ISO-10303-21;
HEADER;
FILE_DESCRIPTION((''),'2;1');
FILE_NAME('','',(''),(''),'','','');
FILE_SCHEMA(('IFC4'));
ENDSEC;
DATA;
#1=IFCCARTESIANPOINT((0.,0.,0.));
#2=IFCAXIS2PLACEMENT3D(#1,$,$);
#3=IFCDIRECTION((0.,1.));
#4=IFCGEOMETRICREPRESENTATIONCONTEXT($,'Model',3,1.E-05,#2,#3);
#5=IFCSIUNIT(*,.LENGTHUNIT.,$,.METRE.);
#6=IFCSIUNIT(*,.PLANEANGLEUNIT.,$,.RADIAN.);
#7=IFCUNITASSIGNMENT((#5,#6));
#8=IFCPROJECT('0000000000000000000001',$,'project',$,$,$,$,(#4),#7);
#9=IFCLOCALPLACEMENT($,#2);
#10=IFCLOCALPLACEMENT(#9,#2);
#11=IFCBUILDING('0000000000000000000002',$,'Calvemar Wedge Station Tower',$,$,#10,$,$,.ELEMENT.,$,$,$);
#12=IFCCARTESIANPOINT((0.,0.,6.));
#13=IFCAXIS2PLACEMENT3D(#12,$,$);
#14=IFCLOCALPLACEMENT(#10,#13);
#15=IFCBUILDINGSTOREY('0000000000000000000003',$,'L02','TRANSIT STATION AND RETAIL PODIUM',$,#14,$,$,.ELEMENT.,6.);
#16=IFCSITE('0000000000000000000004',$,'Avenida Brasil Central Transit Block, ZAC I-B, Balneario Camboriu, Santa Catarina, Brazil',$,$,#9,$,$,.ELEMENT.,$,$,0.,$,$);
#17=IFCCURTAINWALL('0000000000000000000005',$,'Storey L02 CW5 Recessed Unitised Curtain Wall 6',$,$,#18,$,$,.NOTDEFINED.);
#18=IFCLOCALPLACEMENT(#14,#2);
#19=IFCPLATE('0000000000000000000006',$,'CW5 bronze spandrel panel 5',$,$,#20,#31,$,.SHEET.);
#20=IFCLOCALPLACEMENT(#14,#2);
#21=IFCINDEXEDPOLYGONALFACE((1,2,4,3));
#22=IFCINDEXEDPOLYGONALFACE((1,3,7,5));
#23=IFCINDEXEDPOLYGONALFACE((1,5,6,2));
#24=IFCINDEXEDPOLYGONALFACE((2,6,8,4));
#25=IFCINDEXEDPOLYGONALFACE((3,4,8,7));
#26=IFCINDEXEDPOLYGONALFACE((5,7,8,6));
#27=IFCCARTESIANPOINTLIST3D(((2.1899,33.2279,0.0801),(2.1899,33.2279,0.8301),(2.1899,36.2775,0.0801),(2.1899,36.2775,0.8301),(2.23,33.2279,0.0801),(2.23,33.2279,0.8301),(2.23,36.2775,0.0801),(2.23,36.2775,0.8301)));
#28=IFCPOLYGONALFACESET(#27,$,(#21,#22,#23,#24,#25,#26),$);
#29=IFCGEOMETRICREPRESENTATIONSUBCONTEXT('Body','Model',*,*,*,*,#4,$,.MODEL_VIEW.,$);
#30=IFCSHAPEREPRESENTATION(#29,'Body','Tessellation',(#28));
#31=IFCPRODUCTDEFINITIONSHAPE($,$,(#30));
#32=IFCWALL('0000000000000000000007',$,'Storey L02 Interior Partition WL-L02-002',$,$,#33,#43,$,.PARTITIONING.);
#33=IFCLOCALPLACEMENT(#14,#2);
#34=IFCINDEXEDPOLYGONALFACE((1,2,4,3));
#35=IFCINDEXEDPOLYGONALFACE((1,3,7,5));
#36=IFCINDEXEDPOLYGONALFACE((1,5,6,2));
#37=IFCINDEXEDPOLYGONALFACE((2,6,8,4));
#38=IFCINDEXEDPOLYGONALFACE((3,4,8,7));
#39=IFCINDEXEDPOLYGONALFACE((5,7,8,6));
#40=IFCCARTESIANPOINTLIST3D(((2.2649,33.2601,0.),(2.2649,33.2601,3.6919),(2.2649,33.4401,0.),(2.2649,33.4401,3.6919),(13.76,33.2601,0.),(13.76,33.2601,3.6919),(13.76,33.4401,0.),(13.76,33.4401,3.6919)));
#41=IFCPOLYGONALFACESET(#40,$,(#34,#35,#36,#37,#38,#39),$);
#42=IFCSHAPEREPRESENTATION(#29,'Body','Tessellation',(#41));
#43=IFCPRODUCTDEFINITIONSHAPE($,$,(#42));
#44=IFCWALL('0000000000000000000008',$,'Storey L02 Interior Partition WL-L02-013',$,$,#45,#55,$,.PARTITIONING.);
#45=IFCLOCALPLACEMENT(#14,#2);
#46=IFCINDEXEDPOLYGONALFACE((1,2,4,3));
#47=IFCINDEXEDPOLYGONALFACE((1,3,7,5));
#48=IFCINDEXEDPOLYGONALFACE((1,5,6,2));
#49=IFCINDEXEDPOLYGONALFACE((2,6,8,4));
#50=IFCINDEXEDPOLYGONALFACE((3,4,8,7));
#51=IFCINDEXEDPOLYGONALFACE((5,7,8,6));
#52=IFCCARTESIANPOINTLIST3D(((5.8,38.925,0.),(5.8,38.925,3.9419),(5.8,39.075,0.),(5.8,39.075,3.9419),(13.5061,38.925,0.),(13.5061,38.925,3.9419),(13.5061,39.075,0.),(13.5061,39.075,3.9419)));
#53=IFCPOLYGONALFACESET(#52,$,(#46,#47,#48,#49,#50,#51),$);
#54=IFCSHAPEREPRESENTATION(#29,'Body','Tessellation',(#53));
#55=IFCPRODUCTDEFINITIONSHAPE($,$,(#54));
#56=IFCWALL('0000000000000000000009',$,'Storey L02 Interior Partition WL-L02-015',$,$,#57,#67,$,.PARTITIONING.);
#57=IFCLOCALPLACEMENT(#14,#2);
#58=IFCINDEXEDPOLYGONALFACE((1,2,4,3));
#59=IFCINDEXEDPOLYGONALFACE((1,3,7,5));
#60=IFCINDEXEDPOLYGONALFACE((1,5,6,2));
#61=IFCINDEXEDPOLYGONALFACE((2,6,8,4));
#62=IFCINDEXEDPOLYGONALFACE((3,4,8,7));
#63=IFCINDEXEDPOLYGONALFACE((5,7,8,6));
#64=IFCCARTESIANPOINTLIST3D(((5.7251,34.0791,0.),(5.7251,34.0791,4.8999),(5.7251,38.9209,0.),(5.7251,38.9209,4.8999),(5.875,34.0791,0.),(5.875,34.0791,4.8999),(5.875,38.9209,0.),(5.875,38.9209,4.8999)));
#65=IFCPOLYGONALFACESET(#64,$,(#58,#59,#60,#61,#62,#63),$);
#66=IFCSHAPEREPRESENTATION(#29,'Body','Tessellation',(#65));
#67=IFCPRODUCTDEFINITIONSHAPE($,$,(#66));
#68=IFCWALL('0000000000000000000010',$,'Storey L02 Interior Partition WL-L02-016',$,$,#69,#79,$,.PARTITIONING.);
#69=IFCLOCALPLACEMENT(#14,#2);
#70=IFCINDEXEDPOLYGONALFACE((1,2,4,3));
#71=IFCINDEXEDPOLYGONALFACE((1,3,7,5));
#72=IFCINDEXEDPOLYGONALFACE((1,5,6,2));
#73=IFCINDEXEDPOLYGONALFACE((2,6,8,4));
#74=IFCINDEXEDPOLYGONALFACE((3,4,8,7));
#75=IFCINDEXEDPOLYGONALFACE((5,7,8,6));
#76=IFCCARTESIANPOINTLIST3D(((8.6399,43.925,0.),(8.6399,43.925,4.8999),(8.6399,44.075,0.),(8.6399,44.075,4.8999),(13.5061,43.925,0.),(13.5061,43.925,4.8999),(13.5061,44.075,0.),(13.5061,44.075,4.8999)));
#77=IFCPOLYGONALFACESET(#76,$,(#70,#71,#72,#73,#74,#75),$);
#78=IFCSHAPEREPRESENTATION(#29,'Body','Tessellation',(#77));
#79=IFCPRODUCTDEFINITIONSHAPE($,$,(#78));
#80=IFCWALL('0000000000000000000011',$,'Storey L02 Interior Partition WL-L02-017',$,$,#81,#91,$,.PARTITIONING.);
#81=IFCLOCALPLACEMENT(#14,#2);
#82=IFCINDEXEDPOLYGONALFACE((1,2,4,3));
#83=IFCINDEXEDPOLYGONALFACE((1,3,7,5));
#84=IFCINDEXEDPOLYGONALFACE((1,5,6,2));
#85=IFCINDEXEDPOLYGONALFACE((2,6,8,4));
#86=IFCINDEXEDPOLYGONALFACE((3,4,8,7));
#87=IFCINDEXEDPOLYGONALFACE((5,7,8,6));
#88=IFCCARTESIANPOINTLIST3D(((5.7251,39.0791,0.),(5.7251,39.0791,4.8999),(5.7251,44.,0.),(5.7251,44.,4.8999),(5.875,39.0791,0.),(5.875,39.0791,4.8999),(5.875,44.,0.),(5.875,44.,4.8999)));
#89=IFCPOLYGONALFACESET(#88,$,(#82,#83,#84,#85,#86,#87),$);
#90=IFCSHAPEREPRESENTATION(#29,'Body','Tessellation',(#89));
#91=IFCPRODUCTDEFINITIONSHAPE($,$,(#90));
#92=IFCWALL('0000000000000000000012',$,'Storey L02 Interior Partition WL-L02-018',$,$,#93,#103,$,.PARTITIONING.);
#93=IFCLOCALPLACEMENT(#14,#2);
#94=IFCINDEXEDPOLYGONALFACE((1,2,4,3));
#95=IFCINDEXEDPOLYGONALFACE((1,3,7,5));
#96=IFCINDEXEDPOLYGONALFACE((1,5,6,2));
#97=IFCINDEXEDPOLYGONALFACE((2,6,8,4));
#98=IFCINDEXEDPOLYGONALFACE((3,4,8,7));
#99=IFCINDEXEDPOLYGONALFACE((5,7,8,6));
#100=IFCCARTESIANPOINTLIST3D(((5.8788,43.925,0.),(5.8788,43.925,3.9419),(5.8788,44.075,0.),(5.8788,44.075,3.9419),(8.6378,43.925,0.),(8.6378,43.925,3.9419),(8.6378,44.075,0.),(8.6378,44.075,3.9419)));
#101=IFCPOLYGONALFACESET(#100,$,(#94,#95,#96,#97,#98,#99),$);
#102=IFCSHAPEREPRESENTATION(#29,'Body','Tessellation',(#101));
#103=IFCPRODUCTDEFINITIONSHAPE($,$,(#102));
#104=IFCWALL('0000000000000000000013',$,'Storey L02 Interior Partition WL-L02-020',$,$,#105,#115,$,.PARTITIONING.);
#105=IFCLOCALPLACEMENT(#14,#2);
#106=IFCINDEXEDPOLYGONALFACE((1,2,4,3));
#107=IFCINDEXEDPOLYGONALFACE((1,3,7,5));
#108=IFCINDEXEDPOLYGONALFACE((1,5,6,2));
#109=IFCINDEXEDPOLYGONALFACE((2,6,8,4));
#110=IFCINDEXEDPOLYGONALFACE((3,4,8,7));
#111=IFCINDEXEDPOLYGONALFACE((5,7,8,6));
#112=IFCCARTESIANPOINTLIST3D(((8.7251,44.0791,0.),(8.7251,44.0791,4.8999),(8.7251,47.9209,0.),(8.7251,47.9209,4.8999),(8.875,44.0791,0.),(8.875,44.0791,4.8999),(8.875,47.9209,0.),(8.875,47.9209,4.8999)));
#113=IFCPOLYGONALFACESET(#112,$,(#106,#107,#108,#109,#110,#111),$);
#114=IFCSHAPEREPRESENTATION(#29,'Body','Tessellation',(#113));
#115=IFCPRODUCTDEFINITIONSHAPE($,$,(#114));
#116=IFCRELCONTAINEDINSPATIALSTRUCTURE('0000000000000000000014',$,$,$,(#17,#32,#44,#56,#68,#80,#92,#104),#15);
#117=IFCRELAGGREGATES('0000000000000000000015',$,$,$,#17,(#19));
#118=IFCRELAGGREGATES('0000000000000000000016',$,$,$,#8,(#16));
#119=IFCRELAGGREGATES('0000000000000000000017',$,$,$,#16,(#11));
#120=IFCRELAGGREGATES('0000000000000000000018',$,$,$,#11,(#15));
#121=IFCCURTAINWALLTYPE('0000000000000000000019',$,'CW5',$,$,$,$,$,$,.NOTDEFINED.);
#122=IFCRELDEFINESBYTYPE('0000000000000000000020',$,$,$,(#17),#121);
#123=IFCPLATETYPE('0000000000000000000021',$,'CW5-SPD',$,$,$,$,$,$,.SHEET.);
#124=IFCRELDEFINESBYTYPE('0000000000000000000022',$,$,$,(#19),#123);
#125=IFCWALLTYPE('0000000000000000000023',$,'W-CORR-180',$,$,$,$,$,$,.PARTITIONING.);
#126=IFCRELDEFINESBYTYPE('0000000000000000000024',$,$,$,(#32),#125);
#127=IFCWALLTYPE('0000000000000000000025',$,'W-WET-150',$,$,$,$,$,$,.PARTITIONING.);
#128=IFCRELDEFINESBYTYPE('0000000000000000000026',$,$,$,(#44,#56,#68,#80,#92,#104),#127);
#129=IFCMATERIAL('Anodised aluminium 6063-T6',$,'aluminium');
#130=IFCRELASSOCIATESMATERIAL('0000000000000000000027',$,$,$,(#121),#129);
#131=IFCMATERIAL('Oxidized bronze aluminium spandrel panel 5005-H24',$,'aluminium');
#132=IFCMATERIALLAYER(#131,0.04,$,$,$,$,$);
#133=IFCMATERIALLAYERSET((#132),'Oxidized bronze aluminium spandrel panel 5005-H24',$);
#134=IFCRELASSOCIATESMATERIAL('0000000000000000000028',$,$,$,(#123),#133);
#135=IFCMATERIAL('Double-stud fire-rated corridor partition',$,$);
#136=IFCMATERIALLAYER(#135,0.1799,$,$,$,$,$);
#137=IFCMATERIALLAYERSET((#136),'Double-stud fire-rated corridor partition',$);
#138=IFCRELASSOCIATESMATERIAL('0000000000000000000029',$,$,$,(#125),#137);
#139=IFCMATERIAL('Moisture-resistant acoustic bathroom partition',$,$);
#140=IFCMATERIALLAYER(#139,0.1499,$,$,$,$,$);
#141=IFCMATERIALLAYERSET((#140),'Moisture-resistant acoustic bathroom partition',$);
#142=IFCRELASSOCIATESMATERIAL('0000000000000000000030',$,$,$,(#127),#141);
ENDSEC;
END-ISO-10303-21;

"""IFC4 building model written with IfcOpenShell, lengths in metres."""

from ifc_helpers import new_model, si_unit, direction, frame, frame_2d, origin, place, context, subcontext, project, spatial, rectangle, extrude, material, layer, layer_set, type_object, element, aggregate, save


model = new_model("IFC4")

# Units and contexts
model_context = context("Model", 3, precision=1e-05, world=origin(), true_north=direction((0.0, 1.0)))
body_context = subcontext(model_context, "Body", "Model", "MODEL_VIEW")
ifc_project = project(units=[si_unit("LENGTHUNIT", "METRE"), si_unit("PLANEANGLEUNIT", "RADIAN")], contexts=[model_context])

# Site, building, storey
site_placement = place(None, origin())
site = spatial("IfcSite", under=ifc_project, at=site_placement, Name="Avenida Brasil Central Transit Block, ZAC I-B, Balneario Camboriu, Santa Catarina, Brazil", CompositionType="ELEMENT", RefElevation=0.0)
building_placement = place(site_placement, origin())
building = spatial("IfcBuilding", under=site, at=building_placement, Name="Calvemar Wedge Station Tower", CompositionType="ELEMENT")
storey_placement = place(building_placement, frame((0.0, 0.0, 6.0)))
storey = spatial("IfcBuildingStorey", under=building, at=storey_placement, Name="L02", Description="TRANSIT STATION AND RETAIL PODIUM", CompositionType="ELEMENT", Elevation=6.0)

# Curtain wall, plate
ifc_material_1 = material(Name="Anodised aluminium 6063-T6", Category="aluminium")
curtain_wall_type = type_object("IfcCurtainWallType", Name="CW5", PredefinedType="NOTDEFINED", material=ifc_material_1)
curtain_wall_placement = place(storey_placement, origin())
curtain_wall = element("IfcCurtainWall", 1, at=curtain_wall_placement, inside=storey, type_object=curtain_wall_type, Name="Storey L02 CW5 Recessed Unitised Curtain Wall 6", PredefinedType="NOTDEFINED")
ifc_material_2 = material(Name="Oxidized bronze aluminium spandrel panel 5005-H24", Category="aluminium")
ifc_layer_1 = layer(ifc_material_2, 0.04)
ifc_layer_set_1 = layer_set([ifc_layer_1], Name="Oxidized bronze aluminium spandrel panel 5005-H24")
plate_type_1 = type_object("IfcPlateType", Name="CW5-SPD", PredefinedType="SHEET", material=ifc_layer_set_1)
plate_1_placement = place(storey_placement, frame((2.21, 36.2776, 0.0801), z_axis=(0.0, 0.0, 1.0), x_axis=(0.0, -1.0, 0.0)))
plate_1 = element("IfcPlate", 2, at=plate_1_placement, type_object=plate_type_1, Name="CW5 bronze spandrel panel 5", PredefinedType="SHEET", context=body_context, shape_type="SweptSolid", body=[
    extrude(rectangle(XDim=3.0496, YDim=0.04, at=frame_2d((1.5249, 0.0))), origin(), (0.0, 0.0, 1.0), 0.75),
])
aggregate(curtain_wall, [plate_1])

# Walls
ifc_material_3 = material(Name="Double-stud fire-rated corridor partition")
ifc_layer_2 = layer(ifc_material_3, 0.1799)
ifc_layer_set_2 = layer_set([ifc_layer_2], Name="Double-stud fire-rated corridor partition")
wall_type_1 = type_object("IfcWallType", Name="W-CORR-180", PredefinedType="PARTITIONING", material=ifc_layer_set_2)
wall_1_placement = place(storey_placement, frame((2.2649, 33.3501, 0.0), z_axis=(0.0, 0.0, 1.0), x_axis=(1.0, 0.0, 0.0)))
element("IfcWall", 3, at=wall_1_placement, inside=storey, type_object=wall_type_1, Name="Storey L02 Interior Partition WL-L02-002", PredefinedType="PARTITIONING", context=body_context, shape_type="SweptSolid", body=[
    extrude(rectangle(XDim=11.4951, YDim=0.1799, at=frame_2d((5.7476, 0.0))), origin(), (0.0, 0.0, 1.0), 3.6919),
])
ifc_material_4 = material(Name="Moisture-resistant acoustic bathroom partition")
ifc_layer_3 = layer(ifc_material_4, 0.1499)
ifc_layer_set_3 = layer_set([ifc_layer_3], Name="Moisture-resistant acoustic bathroom partition")
wall_type_2 = type_object("IfcWallType", Name="W-WET-150", PredefinedType="PARTITIONING", material=ifc_layer_set_3)
wall_2_placement = place(storey_placement, frame((5.8, 39.0, 0.0), z_axis=(0.0, 0.0, 1.0), x_axis=(1.0, 0.0, 0.0)))
element("IfcWall", 4, at=wall_2_placement, inside=storey, type_object=wall_type_2, Name="Storey L02 Interior Partition WL-L02-013", PredefinedType="PARTITIONING", context=body_context, shape_type="SweptSolid", body=[
    extrude(rectangle(XDim=7.7061, YDim=0.1499, at=frame_2d((3.853, 0.0))), origin(), (0.0, 0.0, 1.0), 3.9419),
])
wall_3_placement = place(storey_placement, frame((5.8, 34.0791, 0.0), z_axis=(0.0, 0.0, 1.0), x_axis=(0.0, 1.0, 0.0)))
element("IfcWall", 5, at=wall_3_placement, inside=storey, type_object=wall_type_2, Name="Storey L02 Interior Partition WL-L02-015", PredefinedType="PARTITIONING", context=body_context, shape_type="SweptSolid", body=[
    extrude(rectangle(XDim=4.8418, YDim=0.1499, at=frame_2d((2.4209, 0.0))), origin(), (0.0, 0.0, 1.0), 4.8999),
])
wall_4_placement = place(storey_placement, frame((8.6399, 44.0, 0.0), z_axis=(0.0, 0.0, 1.0), x_axis=(1.0, 0.0, 0.0)))
element("IfcWall", 6, at=wall_4_placement, inside=storey, type_object=wall_type_2, Name="Storey L02 Interior Partition WL-L02-016", PredefinedType="PARTITIONING", context=body_context, shape_type="SweptSolid", body=[
    extrude(rectangle(XDim=4.8662, YDim=0.1499, at=frame_2d((2.4331, 0.0))), origin(), (0.0, 0.0, 1.0), 4.8999),
])
wall_5_placement = place(storey_placement, frame((5.8, 39.0791, 0.0), z_axis=(0.0, 0.0, 1.0), x_axis=(0.0, 1.0, 0.0)))
element("IfcWall", 7, at=wall_5_placement, inside=storey, type_object=wall_type_2, Name="Storey L02 Interior Partition WL-L02-017", PredefinedType="PARTITIONING", context=body_context, shape_type="SweptSolid", body=[
    extrude(rectangle(XDim=4.9209, YDim=0.1499, at=frame_2d((2.4604, 0.0))), origin(), (0.0, 0.0, 1.0), 4.8999),
])
wall_6_placement = place(storey_placement, frame((5.8789, 44.0, 0.0), z_axis=(0.0, 0.0, 1.0), x_axis=(1.0, 0.0, 0.0)))
element("IfcWall", 8, at=wall_6_placement, inside=storey, type_object=wall_type_2, Name="Storey L02 Interior Partition WL-L02-018", PredefinedType="PARTITIONING", context=body_context, shape_type="SweptSolid", body=[
    extrude(rectangle(XDim=2.759, YDim=0.1499, at=frame_2d((1.3794, 0.0))), origin(), (0.0, 0.0, 1.0), 3.9419),
])
wall_7_placement = place(storey_placement, frame((8.8, 44.0791, 0.0), z_axis=(0.0, 0.0, 1.0), x_axis=(0.0, 1.0, 0.0)))
element("IfcWall", 9, at=wall_7_placement, inside=storey, type_object=wall_type_2, Name="Storey L02 Interior Partition WL-L02-020", PredefinedType="PARTITIONING", context=body_context, shape_type="SweptSolid", body=[
    extrude(rectangle(XDim=3.8418, YDim=0.1499, at=frame_2d((1.9209, 0.0))), origin(), (0.0, 0.0, 1.0), 4.8999),
])

save(model, "model.ifc")
